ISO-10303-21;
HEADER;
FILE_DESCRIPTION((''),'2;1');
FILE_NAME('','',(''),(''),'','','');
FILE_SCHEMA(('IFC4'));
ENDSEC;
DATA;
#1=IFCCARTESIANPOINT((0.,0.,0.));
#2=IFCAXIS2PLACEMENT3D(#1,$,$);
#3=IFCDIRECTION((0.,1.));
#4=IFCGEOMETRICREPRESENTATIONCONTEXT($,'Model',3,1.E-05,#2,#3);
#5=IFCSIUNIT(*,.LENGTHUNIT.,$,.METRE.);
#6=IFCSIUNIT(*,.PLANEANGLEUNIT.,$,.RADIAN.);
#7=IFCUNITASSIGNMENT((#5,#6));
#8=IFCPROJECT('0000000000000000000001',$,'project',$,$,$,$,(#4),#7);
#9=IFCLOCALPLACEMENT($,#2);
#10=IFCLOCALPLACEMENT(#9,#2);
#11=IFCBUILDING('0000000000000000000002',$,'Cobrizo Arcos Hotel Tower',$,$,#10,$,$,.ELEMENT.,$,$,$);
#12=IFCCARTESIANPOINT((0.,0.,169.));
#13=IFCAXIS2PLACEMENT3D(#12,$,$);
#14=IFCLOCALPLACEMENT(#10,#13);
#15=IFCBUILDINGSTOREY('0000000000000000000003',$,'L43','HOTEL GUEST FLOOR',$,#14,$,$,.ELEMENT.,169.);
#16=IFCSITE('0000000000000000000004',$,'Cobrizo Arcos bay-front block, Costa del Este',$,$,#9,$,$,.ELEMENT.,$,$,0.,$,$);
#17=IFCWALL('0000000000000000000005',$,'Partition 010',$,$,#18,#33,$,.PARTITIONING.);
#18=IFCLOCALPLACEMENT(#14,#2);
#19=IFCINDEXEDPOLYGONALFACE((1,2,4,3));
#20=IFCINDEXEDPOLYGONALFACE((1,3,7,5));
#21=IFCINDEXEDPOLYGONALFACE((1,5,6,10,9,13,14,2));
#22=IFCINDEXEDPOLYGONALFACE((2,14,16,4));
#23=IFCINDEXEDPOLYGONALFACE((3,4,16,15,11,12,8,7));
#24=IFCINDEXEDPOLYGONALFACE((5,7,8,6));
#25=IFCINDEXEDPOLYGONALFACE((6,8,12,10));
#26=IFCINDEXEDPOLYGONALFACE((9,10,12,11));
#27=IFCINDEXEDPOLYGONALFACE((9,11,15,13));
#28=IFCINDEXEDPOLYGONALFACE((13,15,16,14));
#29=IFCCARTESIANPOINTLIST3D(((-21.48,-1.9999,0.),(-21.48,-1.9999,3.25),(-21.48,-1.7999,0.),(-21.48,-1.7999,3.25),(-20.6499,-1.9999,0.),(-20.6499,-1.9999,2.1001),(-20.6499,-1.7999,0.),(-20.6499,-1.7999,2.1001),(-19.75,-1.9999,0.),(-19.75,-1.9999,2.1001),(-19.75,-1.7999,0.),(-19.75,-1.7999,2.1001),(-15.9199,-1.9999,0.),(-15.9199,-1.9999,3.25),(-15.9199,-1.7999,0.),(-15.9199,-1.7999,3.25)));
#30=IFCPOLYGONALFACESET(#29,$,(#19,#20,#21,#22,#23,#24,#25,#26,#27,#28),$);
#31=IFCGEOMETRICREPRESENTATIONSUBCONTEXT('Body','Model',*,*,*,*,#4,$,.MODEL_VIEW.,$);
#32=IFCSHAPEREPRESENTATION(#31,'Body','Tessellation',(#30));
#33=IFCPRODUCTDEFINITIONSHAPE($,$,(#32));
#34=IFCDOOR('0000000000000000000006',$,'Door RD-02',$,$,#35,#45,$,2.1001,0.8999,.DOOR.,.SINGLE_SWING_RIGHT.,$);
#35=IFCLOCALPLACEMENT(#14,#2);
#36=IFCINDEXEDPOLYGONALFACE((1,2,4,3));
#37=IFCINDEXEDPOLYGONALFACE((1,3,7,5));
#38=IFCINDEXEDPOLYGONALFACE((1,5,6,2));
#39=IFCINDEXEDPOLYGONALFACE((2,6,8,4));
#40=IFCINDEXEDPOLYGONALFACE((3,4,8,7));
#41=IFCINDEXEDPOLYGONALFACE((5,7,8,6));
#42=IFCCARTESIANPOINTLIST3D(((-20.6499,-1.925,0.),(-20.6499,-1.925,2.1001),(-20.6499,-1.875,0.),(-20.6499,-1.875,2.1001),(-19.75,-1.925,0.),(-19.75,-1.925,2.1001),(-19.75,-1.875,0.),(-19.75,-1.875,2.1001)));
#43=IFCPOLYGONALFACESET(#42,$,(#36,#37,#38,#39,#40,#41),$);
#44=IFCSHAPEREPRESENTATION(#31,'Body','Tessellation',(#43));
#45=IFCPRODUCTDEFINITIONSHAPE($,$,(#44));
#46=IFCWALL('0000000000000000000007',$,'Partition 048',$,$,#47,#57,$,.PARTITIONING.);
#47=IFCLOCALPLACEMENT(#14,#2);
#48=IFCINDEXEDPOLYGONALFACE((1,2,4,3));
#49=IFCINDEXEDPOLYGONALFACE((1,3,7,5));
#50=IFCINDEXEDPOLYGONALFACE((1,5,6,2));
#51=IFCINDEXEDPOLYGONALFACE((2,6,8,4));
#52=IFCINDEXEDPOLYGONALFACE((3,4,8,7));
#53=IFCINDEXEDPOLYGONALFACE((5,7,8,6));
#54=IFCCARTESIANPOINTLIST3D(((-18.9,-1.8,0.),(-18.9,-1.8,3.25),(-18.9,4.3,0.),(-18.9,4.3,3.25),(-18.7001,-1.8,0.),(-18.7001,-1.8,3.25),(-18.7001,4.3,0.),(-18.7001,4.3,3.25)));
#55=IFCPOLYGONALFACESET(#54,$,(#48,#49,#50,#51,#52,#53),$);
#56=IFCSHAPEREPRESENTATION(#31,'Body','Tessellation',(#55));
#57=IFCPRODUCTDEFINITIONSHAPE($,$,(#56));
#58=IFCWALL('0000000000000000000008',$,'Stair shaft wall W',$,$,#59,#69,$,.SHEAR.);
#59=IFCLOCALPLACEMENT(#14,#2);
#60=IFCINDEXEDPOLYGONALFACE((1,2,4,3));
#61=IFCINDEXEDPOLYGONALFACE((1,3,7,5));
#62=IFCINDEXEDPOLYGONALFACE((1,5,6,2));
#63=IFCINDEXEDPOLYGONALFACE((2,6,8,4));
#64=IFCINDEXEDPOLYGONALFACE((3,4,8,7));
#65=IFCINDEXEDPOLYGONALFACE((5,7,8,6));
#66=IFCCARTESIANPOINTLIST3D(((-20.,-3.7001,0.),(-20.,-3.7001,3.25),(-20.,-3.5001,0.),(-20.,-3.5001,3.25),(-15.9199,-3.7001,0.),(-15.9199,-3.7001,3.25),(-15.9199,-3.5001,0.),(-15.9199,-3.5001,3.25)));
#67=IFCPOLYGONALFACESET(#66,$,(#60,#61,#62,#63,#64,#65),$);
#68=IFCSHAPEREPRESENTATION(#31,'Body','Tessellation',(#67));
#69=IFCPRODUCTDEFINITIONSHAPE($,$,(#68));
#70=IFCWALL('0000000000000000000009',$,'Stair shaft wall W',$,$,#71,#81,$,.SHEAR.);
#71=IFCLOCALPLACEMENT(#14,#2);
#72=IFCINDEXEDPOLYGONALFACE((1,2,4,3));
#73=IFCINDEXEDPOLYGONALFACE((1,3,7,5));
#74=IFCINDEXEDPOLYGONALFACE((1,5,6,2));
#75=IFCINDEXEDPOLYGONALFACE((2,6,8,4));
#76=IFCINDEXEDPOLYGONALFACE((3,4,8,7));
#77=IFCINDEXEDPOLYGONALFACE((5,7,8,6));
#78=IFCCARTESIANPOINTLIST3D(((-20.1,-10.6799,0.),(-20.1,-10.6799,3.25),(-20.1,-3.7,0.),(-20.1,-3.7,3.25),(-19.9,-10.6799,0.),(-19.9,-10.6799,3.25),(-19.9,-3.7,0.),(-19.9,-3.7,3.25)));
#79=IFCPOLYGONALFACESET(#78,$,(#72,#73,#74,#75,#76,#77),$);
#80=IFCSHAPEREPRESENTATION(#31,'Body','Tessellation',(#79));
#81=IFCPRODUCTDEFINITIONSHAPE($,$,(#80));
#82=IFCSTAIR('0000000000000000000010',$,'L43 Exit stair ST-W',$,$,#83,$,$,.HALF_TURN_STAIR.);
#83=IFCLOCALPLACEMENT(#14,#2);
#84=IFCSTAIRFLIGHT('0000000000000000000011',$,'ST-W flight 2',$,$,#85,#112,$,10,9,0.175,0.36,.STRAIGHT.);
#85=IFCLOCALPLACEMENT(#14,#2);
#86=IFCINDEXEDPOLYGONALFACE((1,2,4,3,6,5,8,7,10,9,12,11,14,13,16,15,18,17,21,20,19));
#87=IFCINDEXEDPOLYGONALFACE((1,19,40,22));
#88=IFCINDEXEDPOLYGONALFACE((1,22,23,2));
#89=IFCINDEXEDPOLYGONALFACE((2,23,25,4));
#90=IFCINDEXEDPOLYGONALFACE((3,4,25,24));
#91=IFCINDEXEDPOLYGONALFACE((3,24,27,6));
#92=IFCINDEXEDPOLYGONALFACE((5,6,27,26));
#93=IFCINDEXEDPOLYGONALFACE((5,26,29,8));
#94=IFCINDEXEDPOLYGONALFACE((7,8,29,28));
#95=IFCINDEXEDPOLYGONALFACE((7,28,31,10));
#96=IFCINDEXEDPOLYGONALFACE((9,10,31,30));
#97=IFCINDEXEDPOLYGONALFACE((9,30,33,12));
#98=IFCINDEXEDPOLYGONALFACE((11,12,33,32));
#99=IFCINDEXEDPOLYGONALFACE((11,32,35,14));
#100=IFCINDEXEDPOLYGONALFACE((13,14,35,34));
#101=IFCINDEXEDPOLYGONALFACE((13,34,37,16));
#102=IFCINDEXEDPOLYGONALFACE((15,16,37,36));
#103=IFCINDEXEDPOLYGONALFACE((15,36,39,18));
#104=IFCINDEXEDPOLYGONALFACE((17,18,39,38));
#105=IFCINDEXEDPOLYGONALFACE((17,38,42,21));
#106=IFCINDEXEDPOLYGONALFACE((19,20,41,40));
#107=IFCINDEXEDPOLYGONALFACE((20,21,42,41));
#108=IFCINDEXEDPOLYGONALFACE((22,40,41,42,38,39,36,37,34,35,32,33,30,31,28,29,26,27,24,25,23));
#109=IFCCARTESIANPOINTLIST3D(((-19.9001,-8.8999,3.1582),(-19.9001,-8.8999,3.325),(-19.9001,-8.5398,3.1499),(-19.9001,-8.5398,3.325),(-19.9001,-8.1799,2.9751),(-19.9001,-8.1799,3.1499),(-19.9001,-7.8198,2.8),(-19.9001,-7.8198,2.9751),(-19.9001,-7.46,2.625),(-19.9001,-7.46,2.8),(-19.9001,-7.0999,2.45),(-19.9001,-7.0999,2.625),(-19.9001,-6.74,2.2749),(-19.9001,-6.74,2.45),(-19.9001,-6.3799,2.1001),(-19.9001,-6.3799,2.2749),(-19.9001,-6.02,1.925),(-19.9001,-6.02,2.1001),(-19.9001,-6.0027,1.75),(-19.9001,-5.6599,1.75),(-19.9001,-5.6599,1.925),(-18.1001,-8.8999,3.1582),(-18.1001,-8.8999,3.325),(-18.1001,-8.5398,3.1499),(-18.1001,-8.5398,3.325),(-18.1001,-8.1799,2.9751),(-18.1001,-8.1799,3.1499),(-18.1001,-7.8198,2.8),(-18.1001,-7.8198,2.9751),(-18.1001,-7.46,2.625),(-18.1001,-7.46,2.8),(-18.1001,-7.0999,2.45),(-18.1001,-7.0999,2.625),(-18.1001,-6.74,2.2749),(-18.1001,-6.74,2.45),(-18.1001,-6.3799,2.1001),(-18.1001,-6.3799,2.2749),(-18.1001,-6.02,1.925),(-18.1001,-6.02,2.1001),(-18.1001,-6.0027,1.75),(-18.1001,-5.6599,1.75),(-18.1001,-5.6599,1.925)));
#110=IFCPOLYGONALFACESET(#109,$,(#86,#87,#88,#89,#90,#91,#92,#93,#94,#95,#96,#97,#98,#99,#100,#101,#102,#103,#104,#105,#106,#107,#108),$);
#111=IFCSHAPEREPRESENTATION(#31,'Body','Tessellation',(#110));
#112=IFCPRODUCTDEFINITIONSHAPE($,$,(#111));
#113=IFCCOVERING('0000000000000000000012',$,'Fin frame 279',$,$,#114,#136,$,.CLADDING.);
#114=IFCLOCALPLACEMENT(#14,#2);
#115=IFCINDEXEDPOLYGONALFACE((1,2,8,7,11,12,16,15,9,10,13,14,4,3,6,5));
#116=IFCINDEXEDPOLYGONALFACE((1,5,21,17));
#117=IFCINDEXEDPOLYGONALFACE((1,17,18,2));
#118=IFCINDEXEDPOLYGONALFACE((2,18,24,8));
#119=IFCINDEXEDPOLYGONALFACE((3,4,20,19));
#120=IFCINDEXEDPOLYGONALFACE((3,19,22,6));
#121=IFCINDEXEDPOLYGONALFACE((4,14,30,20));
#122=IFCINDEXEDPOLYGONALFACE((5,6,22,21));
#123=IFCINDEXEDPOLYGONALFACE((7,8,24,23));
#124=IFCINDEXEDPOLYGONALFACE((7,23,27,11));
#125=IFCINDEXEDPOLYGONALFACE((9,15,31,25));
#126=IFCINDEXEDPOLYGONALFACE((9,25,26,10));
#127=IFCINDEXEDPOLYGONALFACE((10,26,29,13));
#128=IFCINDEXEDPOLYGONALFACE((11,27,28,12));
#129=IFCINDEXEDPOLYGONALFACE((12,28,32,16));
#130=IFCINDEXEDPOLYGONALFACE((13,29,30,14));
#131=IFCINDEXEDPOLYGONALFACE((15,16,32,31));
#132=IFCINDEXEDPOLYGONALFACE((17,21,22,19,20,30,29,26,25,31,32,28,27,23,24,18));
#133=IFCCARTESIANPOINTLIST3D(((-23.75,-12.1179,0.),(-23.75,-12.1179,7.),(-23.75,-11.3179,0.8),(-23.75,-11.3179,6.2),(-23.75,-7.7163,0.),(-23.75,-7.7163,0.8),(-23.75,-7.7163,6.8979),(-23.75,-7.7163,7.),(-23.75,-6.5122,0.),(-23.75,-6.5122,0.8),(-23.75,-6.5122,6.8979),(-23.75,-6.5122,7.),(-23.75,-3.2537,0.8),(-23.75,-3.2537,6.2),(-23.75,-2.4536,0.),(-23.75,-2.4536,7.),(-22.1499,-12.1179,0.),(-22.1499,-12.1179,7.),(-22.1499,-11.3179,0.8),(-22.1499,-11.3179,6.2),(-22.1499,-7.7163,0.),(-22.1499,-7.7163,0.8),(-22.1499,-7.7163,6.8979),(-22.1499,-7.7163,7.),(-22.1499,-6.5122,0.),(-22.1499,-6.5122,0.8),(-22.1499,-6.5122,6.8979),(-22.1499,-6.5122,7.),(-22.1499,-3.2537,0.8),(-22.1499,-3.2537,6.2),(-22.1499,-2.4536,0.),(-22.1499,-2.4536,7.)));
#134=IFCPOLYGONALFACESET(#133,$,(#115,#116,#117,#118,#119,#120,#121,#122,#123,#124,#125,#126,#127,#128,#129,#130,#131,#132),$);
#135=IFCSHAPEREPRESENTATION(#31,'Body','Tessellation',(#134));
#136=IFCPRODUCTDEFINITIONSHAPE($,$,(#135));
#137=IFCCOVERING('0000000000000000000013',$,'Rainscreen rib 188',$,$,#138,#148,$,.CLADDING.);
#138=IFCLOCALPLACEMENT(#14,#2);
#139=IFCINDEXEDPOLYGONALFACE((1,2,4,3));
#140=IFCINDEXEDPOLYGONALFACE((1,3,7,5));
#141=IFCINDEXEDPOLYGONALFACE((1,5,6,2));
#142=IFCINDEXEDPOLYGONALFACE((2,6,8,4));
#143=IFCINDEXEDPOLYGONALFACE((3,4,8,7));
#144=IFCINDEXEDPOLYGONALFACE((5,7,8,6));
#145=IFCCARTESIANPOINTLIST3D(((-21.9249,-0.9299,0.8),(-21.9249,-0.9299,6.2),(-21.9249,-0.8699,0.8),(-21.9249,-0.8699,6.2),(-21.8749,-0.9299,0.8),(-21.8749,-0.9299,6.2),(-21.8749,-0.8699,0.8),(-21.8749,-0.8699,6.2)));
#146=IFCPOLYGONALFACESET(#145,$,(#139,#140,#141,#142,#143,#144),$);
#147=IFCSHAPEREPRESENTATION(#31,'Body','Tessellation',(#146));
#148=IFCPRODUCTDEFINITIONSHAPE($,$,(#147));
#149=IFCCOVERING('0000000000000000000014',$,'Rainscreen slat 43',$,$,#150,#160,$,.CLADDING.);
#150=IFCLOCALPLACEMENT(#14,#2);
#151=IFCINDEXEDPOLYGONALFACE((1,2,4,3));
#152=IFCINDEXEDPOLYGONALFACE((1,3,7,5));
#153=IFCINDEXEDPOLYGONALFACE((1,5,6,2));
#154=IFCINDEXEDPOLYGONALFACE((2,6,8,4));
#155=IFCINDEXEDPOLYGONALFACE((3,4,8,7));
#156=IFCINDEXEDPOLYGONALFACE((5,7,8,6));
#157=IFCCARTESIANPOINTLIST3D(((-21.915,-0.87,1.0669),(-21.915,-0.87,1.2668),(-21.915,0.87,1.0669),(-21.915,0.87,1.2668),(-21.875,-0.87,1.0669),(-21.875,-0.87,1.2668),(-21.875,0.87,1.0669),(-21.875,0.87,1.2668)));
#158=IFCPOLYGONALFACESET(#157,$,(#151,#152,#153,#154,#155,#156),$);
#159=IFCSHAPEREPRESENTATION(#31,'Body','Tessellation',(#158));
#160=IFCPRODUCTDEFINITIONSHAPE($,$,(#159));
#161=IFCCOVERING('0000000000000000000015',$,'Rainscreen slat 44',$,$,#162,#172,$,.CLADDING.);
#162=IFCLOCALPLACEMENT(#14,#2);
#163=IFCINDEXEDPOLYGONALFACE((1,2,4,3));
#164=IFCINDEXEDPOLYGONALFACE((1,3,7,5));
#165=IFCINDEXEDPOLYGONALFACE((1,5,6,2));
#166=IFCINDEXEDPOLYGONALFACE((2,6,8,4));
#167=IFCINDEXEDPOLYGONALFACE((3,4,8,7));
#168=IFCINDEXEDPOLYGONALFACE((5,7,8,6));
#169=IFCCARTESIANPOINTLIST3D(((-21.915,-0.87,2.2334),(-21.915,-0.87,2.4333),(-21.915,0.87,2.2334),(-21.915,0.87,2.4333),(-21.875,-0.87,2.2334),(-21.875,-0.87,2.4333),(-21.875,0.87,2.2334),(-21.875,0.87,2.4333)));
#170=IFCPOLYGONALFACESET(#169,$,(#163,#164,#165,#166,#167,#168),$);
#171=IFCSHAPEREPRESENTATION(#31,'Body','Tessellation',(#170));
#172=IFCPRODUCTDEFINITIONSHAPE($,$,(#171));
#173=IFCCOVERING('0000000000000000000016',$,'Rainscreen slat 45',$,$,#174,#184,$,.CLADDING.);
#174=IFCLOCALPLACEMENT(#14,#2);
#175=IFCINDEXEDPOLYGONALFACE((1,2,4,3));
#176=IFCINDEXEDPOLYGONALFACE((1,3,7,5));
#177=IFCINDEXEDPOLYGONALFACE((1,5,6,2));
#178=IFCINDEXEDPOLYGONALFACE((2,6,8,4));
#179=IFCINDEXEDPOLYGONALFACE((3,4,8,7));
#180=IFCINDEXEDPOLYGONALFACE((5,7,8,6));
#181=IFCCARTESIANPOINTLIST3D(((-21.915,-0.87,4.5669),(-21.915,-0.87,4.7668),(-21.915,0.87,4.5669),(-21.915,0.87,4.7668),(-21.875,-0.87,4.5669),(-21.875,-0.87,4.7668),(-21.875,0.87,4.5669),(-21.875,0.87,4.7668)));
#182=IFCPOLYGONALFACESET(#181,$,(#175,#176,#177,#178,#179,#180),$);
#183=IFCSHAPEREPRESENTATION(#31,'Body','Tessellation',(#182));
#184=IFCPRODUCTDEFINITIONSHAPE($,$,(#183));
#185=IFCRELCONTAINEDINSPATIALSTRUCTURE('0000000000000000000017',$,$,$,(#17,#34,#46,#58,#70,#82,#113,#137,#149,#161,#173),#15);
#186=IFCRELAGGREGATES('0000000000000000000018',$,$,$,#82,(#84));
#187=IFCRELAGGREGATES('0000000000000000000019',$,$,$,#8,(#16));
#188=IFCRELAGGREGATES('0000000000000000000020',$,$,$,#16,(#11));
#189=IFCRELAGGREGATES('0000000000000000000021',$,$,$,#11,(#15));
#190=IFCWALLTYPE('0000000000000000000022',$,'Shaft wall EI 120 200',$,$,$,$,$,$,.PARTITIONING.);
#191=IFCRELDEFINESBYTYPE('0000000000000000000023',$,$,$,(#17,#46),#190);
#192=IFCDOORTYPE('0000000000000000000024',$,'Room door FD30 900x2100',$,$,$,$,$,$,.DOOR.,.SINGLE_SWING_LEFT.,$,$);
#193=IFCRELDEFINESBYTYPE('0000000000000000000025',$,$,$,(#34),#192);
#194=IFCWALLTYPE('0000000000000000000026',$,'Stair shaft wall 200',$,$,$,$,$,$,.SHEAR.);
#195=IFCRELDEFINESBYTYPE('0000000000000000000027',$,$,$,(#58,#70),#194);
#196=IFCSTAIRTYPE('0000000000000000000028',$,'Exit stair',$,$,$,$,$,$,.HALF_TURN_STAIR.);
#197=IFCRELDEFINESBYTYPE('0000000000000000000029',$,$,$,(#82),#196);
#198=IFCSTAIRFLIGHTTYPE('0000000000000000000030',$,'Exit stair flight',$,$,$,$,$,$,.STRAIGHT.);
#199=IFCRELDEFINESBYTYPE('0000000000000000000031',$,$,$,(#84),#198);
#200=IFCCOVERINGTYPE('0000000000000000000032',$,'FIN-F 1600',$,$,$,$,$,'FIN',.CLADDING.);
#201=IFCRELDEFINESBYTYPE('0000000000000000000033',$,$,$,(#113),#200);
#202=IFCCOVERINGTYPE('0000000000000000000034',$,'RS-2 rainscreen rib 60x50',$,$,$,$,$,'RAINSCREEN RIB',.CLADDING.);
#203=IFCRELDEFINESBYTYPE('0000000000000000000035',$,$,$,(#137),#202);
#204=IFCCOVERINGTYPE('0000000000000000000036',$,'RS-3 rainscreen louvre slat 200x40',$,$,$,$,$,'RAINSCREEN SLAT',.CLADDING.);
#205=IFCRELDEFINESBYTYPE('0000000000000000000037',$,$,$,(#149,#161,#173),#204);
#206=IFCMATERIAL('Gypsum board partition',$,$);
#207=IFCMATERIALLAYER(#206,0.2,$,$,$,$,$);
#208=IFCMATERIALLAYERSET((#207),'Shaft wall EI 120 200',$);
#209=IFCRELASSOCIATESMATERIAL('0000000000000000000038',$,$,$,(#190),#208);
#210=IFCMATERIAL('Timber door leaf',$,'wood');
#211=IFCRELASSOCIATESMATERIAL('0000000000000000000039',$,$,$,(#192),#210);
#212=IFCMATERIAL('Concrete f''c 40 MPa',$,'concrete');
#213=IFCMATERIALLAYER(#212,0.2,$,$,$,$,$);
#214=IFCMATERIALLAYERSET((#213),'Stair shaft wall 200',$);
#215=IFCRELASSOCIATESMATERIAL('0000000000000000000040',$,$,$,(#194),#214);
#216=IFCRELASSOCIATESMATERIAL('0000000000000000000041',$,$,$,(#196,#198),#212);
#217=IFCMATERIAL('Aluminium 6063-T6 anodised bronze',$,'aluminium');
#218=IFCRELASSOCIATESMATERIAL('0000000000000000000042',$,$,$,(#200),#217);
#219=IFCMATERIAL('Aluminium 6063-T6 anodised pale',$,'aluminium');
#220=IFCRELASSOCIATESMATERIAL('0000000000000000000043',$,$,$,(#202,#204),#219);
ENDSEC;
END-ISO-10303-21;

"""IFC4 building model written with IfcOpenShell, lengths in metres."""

from ifc_helpers import new_model, si_unit, direction, frame, frame_2d, origin, origin_2d, place, context, subcontext, project, spatial, polyline, rectangle, outline, extrude, material, layer, layer_set, type_object, element, fill, aggregate, save


model = new_model("IFC4")

# Units and contexts
model_context = context("Model", 3, precision=1e-05, world=origin(), true_north=direction((0.0, 1.0)))
body_context = subcontext(model_context, "Body", "Model", "MODEL_VIEW")
ifc_project = project(units=[si_unit("LENGTHUNIT", "METRE"), si_unit("PLANEANGLEUNIT", "RADIAN")], contexts=[model_context])

# Site, building, storey
site_placement = place(None, origin())
site = spatial("IfcSite", under=ifc_project, at=site_placement, Name="Cobrizo Arcos bay-front block, Costa del Este", CompositionType="ELEMENT", RefElevation=0.0)
building_placement = place(site_placement, origin())
building = spatial("IfcBuilding", under=site, at=building_placement, Name="Cobrizo Arcos Hotel Tower", CompositionType="ELEMENT")
storey_placement = place(building_placement, frame((0.0, 0.0, 169.0)))
storey = spatial("IfcBuildingStorey", under=building, at=storey_placement, Name="L43", Description="HOTEL GUEST FLOOR", CompositionType="ELEMENT", Elevation=169.0)

# Shared definitions
ifc_material_1 = material(Name="Aluminium 6063-T6 anodised bronze", Category="aluminium")

# Wall, opening, door
ifc_material_2 = material(Name="Gypsum board partition")
ifc_layer_1 = layer(ifc_material_2, 0.2)
ifc_layer_set_1 = layer_set([ifc_layer_1], Name="Shaft wall EI 120 200")
wall_type_1 = type_object("IfcWallType", Name="Shaft wall EI 120 200", PredefinedType="PARTITIONING", material=ifc_layer_set_1)
wall_1_placement = place(storey_placement, frame((-21.48, -1.8999, 0.0), z_axis=(0.0, 0.0, 1.0), x_axis=(1.0, 0.0, 0.0)))
wall_1 = element("IfcWall", 1, at=wall_1_placement, inside=storey, type_object=wall_type_1, Name="Partition 010", PredefinedType="PARTITIONING", context=body_context, shape_type="SweptSolid", body=[
    extrude(rectangle(XDim=5.5601, YDim=0.2, at=frame_2d((2.78, 0.0))), origin(), (0.0, 0.0, 1.0), 3.25),
])
opening_placement = place(wall_1_placement, frame((0.8301, 0.0, 0.0)))
opening = element("IfcOpeningElement", 2, at=opening_placement, cuts=wall_1, PredefinedType="OPENING", context=body_context, shape_type="SweptSolid", body=[
    extrude(rectangle(XDim=0.8999, YDim=2.1001, at=frame_2d((0.45, 1.05))), frame((0.0, 0.1121, 0.0), z_axis=(0.0, -1.0, 0.0), x_axis=(1.0, 0.0, 0.0)), (0.0, 0.0, 1.0), 0.2239),
])
ifc_material_3 = material(Name="Timber door leaf", Category="wood")
door_type = type_object("IfcDoorType", Name="Room door FD30 900x2100", OperationType="SINGLE_SWING_LEFT", PredefinedType="DOOR", material=ifc_material_3)
door_placement = place(opening_placement, origin())
door = element("IfcDoor", 3, at=door_placement, inside=storey, type_object=door_type, Name="Door RD-02", OperationType="SINGLE_SWING_RIGHT", OverallHeight=2.1001, OverallWidth=0.8999, PredefinedType="DOOR", context=body_context, shape_type="SweptSolid", body=[
    extrude(rectangle(XDim=0.8999, YDim=2.1001, at=frame_2d((0.45, 1.05))), frame((0.0, 0.0249, 0.0), z_axis=(0.0, -1.0, 0.0), x_axis=(1.0, 0.0, 0.0)), (0.0, 0.0, 1.0), 0.05),
])
fill(opening, door)

# Walls
wall_2_placement = place(storey_placement, frame((-18.8, -1.8, 0.0), z_axis=(0.0, 0.0, 1.0), x_axis=(0.0, 1.0, 0.0)))
element("IfcWall", 4, at=wall_2_placement, inside=storey, type_object=wall_type_1, Name="Partition 048", PredefinedType="PARTITIONING", context=body_context, shape_type="SweptSolid", body=[
    extrude(rectangle(XDim=6.1001, YDim=0.2, at=frame_2d((3.05, 0.0))), origin(), (0.0, 0.0, 1.0), 3.25),
])
ifc_material_4 = material(Name="Concrete f'c 40 MPa", Category="concrete")
ifc_layer_2 = layer(ifc_material_4, 0.2)
ifc_layer_set_2 = layer_set([ifc_layer_2], Name="Stair shaft wall 200")
wall_type_2 = type_object("IfcWallType", Name="Stair shaft wall 200", PredefinedType="SHEAR", material=ifc_layer_set_2)
wall_3_placement = place(storey_placement, frame((-20.0, -3.6001, 0.0), z_axis=(0.0, 0.0, 1.0), x_axis=(1.0, 0.0, 0.0)))
element("IfcWall", 5, at=wall_3_placement, inside=storey, type_object=wall_type_2, Name="Stair shaft wall W", PredefinedType="SHEAR", context=body_context, shape_type="SweptSolid", body=[
    extrude(rectangle(XDim=4.0801, YDim=0.2, at=frame_2d((2.04, 0.0))), origin(), (0.0, 0.0, 1.0), 3.25),
])
wall_4_placement = place(storey_placement, frame((-20.0, -10.6799, 0.0), z_axis=(0.0, 0.0, 1.0), x_axis=(0.0, 1.0, 0.0)))
element("IfcWall", 6, at=wall_4_placement, inside=storey, type_object=wall_type_2, Name="Stair shaft wall W", PredefinedType="SHEAR", context=body_context, shape_type="SweptSolid", body=[
    extrude(rectangle(XDim=6.98, YDim=0.2, at=frame_2d((3.49, 0.0))), origin(), (0.0, 0.0, 1.0), 3.25),
])

# Stair, stair flight
stair_type = type_object("IfcStairType", Name="Exit stair", PredefinedType="HALF_TURN_STAIR", material=ifc_material_4)
stair_placement = place(storey_placement, origin())
stair = element("IfcStair", 7, at=stair_placement, inside=storey, type_object=stair_type, Name="L43 Exit stair ST-W", PredefinedType="HALF_TURN_STAIR")
stair_flight_type = type_object("IfcStairFlightType", Name="Exit stair flight", PredefinedType="STRAIGHT", material=ifc_material_4)
stair_flight_placement = place(storey_placement, frame((-19.0, -5.6599, 1.75), z_axis=(0.0, 0.0, 1.0), x_axis=(0.0, -1.0, 0.0)))
stair_flight = element("IfcStairFlight", 8, at=stair_flight_placement, type_object=stair_flight_type, Name="ST-W flight 2", NumberOfRisers=10, NumberOfTreads=9, PredefinedType="STRAIGHT", RiserHeight=0.175, TreadLength=0.36, context=body_context, shape_type="SweptSolid", body=[
    extrude(outline(polyline([(0.0, 0.0), (0.0, 0.175), (0.3601, 0.175), (0.3601, 0.3501), (0.72, 0.3501), (0.72, 0.5249), (1.0801, 0.5249), (1.0801, 0.7), (1.4399, 0.7), (1.4399, 0.875), (1.8, 0.875), (1.8, 1.05), (2.1599, 1.05), (2.1599, 1.2251), (2.52, 1.2251), (2.52, 1.3999), (2.8799, 1.3999), (2.8799, 1.575), (3.24, 1.575), (3.24, 1.75), (3.24, 1.4082), (0.3428, 0.0), (0.0, 0.0)])), frame((0.0, 0.8999, 0.0), z_axis=(0.0, -1.0, 0.0), x_axis=(1.0, 0.0, 0.0)), (0.0, 0.0, 1.0), 1.8),
])
aggregate(stair, [stair_flight])

# Coverings
covering_type_1 = type_object("IfcCoveringType", Name="FIN-F 1600", ElementType="FIN", PredefinedType="CLADDING", material=ifc_material_1)
covering_1_placement = place(storey_placement, frame((-22.1499, -2.4536, 0.0), z_axis=(-1.0, 0.0, 0.0), x_axis=(0.0, -1.0, 0.0)))
element("IfcCovering", 9, at=covering_1_placement, inside=storey, type_object=covering_type_1, Name="Fin frame 279", PredefinedType="CLADDING", context=body_context, shape_type="SweptSolid", body=[
    extrude(outline(polyline([(0.0, 0.0), (4.0586, 0.0), (4.0586, 0.8), (0.8, 0.8), (0.8, 6.2), (8.8643, 6.2), (8.8643, 0.8), (5.2627, 0.8), (5.2627, 0.0), (9.6643, 0.0), (9.6643, 7.0), (5.2627, 7.0), (5.2627, 6.8979), (4.0586, 6.8979), (4.0586, 7.0), (0.0, 7.0), (0.0, 0.0)])), origin(), (0.0, 0.0, 1.0), 1.6001),
])
ifc_material_5 = material(Name="Aluminium 6063-T6 anodised pale", Category="aluminium")
covering_type_2 = type_object("IfcCoveringType", Name="RS-2 rainscreen rib 60x50", ElementType="RAINSCREEN RIB", PredefinedType="CLADDING", material=ifc_material_5)
covering_2_placement = place(storey_placement, frame((-21.8999, -0.8999, 0.8), z_axis=(0.0, 0.0, 1.0), x_axis=(0.0, -1.0, 0.0)))
element("IfcCovering", 10, at=covering_2_placement, inside=storey, type_object=covering_type_2, Name="Rainscreen rib 188", PredefinedType="CLADDING", context=body_context, shape_type="SweptSolid", body=[
    extrude(rectangle(XDim=0.0601, YDim=0.05, at=origin_2d()), origin(), (0.0, 0.0, 1.0), 5.3999),
])
covering_type_3 = type_object("IfcCoveringType", Name="RS-3 rainscreen louvre slat 200x40", ElementType="RAINSCREEN SLAT", PredefinedType="CLADDING", material=ifc_material_5)
for number, where, z_axis, x_axis, name in (
    (11, (-21.895, 0.0, 1.0669), (0.0, 0.0, 1.0), (0.0, -1.0, 0.0), "Rainscreen slat 43"),
    (12, (-21.895, 0.0, 2.2334), (0.0, 0.0, 1.0), (0.0, -1.0, 0.0), "Rainscreen slat 44"),
    (13, (-21.895, 0.0, 4.5669), (0.0, 0.0, 1.0), (0.0, -1.0, 0.0), "Rainscreen slat 45"),
):
    element("IfcCovering", number, at=place(storey_placement, frame(where, z_axis=z_axis, x_axis=x_axis)), inside=storey, type_object=covering_type_3, Name=name, PredefinedType="CLADDING", context=body_context, shape_type="SweptSolid", body=[
        extrude(rectangle(XDim=1.74, YDim=0.04, at=origin_2d()), origin(), (0.0, 0.0, 1.0), 0.2),
    ])

save(model, "model.ifc")
